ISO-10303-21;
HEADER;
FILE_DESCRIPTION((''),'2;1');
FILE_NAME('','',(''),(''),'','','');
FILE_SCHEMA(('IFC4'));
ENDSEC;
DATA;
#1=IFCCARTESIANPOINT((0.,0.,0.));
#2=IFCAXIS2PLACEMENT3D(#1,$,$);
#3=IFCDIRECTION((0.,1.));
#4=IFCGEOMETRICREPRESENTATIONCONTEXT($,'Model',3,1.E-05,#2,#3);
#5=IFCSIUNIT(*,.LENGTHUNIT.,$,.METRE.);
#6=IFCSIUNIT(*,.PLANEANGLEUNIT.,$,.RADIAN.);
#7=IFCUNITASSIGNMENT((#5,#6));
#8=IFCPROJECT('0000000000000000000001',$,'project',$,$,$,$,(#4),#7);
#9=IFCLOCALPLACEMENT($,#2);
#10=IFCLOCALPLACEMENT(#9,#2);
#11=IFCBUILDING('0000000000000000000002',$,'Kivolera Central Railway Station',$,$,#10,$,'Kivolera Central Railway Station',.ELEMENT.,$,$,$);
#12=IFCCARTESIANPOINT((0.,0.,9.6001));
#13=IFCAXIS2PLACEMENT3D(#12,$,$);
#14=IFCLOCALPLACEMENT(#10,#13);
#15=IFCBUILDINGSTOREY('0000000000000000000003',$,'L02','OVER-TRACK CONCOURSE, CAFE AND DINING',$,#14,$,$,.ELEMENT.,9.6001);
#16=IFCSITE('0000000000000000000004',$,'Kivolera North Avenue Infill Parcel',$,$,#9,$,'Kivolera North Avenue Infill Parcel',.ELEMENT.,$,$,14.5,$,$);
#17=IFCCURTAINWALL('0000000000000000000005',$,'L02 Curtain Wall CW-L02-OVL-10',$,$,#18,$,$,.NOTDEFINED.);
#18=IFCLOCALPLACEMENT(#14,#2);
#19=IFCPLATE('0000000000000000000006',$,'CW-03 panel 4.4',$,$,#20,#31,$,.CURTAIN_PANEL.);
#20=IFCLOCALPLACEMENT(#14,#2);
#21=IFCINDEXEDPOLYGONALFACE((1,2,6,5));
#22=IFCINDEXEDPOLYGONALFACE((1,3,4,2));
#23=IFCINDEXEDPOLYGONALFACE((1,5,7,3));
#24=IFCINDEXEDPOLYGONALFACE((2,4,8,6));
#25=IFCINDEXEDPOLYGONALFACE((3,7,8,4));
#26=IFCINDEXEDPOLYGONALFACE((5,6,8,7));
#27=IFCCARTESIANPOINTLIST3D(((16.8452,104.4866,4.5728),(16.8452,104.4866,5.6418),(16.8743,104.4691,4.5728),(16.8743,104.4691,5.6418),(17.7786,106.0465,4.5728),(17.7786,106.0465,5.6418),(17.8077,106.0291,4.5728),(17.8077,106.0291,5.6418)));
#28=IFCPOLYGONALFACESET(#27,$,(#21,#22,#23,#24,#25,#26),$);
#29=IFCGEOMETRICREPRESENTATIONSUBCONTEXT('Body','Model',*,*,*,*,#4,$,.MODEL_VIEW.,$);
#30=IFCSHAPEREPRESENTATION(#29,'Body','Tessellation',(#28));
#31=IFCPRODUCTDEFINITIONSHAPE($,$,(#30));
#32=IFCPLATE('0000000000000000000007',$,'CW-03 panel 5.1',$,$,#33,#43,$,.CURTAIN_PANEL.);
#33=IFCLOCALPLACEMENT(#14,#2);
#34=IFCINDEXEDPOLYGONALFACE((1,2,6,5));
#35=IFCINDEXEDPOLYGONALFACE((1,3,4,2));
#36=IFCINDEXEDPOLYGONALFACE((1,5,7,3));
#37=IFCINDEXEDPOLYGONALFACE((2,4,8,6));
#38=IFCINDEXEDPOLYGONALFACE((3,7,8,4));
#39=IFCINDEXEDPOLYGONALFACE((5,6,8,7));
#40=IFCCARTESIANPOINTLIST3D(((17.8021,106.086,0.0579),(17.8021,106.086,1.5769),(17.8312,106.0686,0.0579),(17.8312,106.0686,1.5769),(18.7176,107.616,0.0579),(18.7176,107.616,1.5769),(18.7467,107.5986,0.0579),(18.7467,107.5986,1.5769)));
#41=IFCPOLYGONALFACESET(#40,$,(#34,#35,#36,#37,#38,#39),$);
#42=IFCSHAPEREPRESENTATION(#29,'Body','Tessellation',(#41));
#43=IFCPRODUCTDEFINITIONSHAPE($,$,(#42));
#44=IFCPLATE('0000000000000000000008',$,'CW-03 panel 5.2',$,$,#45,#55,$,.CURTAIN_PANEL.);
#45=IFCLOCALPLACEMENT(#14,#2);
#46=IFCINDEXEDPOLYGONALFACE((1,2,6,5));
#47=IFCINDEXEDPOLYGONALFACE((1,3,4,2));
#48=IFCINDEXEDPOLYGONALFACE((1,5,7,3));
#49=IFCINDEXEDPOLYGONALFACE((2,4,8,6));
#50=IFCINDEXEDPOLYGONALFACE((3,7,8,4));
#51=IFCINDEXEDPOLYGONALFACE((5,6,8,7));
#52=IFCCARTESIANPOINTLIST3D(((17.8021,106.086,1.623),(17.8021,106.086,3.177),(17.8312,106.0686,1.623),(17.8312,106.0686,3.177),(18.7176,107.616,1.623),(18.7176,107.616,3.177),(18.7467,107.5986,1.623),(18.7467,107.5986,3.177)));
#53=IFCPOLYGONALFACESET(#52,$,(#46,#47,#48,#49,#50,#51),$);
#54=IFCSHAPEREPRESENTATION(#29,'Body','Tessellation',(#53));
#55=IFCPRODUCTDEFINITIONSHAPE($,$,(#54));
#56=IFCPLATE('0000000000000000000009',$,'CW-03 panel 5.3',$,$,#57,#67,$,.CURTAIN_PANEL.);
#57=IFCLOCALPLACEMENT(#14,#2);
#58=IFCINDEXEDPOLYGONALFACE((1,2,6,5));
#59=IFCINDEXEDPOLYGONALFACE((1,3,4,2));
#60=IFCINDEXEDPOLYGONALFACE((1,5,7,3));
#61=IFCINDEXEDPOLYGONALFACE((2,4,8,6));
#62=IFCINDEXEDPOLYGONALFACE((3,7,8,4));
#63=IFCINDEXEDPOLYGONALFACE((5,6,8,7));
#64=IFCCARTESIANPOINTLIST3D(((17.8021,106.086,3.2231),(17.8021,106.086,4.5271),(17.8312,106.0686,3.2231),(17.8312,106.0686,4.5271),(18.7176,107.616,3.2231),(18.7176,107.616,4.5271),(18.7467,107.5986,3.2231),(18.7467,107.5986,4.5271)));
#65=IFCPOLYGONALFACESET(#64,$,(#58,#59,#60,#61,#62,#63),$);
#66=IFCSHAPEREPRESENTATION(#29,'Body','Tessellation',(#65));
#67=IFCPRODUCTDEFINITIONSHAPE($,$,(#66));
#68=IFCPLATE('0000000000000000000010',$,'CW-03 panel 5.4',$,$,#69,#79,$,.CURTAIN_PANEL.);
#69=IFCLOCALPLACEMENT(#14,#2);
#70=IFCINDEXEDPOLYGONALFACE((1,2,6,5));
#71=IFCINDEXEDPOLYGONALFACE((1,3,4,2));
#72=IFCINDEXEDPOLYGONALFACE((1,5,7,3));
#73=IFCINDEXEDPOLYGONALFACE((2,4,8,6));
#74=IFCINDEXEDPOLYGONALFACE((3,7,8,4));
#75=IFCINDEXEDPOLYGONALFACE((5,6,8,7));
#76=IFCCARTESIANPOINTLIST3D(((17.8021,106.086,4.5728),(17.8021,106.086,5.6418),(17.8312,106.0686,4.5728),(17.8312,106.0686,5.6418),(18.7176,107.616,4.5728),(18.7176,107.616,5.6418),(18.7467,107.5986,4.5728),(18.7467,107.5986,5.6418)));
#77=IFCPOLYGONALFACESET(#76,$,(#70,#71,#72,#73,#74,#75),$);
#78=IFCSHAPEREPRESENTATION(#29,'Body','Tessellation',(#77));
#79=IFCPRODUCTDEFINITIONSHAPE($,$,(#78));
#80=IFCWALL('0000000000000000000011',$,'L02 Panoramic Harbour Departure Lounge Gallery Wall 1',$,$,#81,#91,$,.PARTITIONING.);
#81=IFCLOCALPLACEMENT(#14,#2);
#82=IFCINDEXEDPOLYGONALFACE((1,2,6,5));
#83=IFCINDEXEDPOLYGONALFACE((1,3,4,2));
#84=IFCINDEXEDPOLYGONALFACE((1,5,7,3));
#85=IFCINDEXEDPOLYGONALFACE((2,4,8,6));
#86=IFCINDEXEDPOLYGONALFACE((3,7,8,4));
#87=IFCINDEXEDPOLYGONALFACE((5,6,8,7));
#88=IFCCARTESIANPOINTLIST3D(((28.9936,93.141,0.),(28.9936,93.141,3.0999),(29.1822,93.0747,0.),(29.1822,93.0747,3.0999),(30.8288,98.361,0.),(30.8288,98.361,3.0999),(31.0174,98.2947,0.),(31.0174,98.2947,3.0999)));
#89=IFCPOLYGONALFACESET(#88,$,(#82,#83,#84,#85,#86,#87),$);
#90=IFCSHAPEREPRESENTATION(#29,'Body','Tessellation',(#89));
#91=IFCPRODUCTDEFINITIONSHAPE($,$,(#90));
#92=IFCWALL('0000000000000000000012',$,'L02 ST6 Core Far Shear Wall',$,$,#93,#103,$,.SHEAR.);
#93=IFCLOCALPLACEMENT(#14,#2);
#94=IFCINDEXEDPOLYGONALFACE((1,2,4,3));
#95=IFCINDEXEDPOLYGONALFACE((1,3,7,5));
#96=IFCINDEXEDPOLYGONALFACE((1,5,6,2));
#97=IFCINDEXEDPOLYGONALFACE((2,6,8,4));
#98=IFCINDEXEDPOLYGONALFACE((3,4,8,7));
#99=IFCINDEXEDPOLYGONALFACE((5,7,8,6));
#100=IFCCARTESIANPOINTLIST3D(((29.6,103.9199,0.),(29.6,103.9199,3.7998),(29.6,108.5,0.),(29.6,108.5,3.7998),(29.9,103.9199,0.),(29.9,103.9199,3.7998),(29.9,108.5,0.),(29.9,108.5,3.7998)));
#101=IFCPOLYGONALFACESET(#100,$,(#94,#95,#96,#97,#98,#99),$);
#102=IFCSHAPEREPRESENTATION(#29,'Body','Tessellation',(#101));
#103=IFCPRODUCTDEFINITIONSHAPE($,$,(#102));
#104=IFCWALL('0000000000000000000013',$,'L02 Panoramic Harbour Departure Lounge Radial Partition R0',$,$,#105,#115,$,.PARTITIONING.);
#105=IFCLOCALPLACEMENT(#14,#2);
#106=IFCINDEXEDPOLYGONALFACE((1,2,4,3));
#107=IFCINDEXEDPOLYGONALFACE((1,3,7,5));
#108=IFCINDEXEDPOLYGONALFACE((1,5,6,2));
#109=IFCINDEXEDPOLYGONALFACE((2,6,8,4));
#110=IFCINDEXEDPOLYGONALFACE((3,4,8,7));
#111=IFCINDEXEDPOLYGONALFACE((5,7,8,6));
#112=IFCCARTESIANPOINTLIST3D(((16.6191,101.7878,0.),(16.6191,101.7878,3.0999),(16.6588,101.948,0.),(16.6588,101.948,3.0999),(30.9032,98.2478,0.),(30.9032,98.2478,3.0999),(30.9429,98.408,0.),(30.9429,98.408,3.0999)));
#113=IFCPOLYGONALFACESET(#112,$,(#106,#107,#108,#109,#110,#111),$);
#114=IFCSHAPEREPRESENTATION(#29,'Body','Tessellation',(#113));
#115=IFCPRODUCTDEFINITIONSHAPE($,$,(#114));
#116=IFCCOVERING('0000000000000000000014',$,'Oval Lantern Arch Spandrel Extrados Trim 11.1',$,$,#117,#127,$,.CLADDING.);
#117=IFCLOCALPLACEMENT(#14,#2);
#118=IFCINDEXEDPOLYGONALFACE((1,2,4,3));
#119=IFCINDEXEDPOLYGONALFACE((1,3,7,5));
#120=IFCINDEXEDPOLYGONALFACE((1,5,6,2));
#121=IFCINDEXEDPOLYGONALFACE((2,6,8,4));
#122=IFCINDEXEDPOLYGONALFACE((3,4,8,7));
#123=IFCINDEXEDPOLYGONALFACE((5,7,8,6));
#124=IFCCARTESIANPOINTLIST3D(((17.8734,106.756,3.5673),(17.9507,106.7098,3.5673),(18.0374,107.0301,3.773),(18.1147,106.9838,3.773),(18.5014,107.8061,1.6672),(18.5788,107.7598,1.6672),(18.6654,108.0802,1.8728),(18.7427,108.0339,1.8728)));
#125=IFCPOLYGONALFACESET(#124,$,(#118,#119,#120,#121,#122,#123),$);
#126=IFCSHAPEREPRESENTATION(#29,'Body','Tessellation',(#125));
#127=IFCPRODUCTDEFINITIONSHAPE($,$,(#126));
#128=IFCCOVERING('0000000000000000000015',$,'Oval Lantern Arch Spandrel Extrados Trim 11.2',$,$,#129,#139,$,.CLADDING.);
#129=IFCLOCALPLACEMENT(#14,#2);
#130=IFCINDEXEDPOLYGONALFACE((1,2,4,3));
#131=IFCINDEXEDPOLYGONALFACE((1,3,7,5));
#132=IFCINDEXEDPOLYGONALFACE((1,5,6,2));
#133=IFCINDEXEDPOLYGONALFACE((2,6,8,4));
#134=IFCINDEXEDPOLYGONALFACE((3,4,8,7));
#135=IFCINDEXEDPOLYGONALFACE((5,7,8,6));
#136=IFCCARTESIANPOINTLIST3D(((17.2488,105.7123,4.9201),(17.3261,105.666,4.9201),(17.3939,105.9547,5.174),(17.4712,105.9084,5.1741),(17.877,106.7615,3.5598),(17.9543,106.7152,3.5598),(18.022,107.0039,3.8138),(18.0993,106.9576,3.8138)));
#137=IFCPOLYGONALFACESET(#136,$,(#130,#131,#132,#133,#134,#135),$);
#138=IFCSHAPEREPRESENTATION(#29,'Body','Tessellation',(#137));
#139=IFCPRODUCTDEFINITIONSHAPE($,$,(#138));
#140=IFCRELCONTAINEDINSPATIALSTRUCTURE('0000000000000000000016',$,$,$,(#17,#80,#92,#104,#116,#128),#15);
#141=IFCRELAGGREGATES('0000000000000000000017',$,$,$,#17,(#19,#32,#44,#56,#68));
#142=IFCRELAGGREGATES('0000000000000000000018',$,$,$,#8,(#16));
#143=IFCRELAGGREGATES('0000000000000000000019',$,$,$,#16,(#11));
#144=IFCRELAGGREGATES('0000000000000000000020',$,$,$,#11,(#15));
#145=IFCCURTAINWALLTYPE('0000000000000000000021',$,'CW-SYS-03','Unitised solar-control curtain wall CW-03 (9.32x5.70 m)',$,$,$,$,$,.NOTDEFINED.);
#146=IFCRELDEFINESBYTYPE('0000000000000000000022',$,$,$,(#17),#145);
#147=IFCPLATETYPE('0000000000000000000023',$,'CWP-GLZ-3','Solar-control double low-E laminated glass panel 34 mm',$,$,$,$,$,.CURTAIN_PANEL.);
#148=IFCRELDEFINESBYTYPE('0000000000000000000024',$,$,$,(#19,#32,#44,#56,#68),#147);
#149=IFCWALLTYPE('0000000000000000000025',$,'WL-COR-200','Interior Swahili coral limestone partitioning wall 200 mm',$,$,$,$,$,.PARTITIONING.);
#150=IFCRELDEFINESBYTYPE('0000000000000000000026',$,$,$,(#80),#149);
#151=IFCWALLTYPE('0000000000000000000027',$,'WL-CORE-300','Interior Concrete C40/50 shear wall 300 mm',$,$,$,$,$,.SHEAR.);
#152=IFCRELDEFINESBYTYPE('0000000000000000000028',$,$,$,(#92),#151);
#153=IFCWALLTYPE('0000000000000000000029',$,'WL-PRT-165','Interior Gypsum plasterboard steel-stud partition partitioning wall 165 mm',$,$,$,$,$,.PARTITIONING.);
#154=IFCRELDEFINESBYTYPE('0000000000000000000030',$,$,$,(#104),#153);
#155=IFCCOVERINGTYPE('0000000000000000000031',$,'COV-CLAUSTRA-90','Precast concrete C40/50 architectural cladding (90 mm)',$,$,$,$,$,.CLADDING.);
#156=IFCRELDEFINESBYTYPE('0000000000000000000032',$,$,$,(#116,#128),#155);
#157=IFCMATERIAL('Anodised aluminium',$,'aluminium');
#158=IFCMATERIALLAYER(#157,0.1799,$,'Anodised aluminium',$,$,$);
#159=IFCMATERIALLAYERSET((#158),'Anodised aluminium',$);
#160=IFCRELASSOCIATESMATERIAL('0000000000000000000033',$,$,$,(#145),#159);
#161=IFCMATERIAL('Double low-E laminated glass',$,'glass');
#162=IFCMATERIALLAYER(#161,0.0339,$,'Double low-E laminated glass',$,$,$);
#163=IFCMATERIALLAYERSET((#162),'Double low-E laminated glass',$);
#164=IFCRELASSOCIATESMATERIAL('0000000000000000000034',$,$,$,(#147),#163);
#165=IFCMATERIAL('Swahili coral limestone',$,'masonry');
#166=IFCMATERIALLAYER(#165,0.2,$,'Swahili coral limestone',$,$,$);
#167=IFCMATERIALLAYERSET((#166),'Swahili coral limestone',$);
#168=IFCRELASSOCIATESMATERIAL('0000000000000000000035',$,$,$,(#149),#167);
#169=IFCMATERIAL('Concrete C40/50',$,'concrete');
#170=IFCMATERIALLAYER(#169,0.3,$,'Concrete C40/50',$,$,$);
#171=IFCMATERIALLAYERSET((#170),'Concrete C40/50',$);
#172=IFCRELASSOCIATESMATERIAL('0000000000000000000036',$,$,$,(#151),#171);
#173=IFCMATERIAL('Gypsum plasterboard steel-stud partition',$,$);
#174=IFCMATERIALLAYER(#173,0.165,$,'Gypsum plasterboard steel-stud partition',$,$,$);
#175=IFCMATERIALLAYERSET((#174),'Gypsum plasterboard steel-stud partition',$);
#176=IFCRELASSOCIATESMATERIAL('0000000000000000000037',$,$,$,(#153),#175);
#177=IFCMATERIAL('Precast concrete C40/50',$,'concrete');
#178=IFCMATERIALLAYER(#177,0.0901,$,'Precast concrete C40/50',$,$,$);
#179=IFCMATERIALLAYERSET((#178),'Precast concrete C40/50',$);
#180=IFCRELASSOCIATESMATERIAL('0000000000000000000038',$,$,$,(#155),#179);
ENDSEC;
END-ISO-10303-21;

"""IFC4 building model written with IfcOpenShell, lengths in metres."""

from ifc_helpers import new_model, si_unit, direction, frame, frame_2d, origin, origin_2d, place, context, subcontext, project, spatial, rectangle, extrude, material, layer, layer_set, type_object, element, aggregate, save


model = new_model("IFC4")

# Units and contexts
model_context = context("Model", 3, precision=1e-05, world=origin(), true_north=direction((0.0, 1.0)))
body_context = subcontext(model_context, "Body", "Model", "MODEL_VIEW")
ifc_project = project(units=[si_unit("LENGTHUNIT", "METRE"), si_unit("PLANEANGLEUNIT", "RADIAN")], contexts=[model_context])

# Site, building, storey
site_placement = place(None, origin())
site = spatial("IfcSite", under=ifc_project, at=site_placement, Name="Kivolera North Avenue Infill Parcel", LongName="Kivolera North Avenue Infill Parcel", CompositionType="ELEMENT", RefElevation=14.5)
building_placement = place(site_placement, origin())
building = spatial("IfcBuilding", under=site, at=building_placement, Name="Kivolera Central Railway Station", LongName="Kivolera Central Railway Station", CompositionType="ELEMENT")
storey_placement = place(building_placement, frame((0.0, 0.0, 9.6001)))
storey = spatial("IfcBuildingStorey", under=building, at=storey_placement, Name="L02", Description="OVER-TRACK CONCOURSE, CAFE AND DINING", CompositionType="ELEMENT", Elevation=9.6001)

# Shared definitions
ifc_material_1 = material(Name="Concrete C40/50", Category="concrete")

# Shared definitions
ifc_material_2 = material(Name="Anodised aluminium", Category="aluminium")

# Curtain wall
ifc_layer_1 = layer(ifc_material_2, 0.1799, Name="Anodised aluminium")
ifc_layer_set_1 = layer_set([ifc_layer_1], Name="Anodised aluminium")
curtain_wall_type_1 = type_object("IfcCurtainWallType", Name="CW-SYS-03", Description="Unitised solar-control curtain wall CW-03 (9.32x5.70 m)", PredefinedType="NOTDEFINED", material=ifc_layer_set_1)
curtain_wall_1_placement = place(storey_placement, origin())
curtain_wall_1 = element("IfcCurtainWall", 1, at=curtain_wall_1_placement, inside=storey, type_object=curtain_wall_type_1, Name="L02 Curtain Wall CW-L02-OVL-10", PredefinedType="NOTDEFINED")

# Plates
ifc_material_3 = material(Name="Double low-E laminated glass", Category="glass")
ifc_layer_2 = layer(ifc_material_3, 0.0339, Name="Double low-E laminated glass")
ifc_layer_set_2 = layer_set([ifc_layer_2], Name="Double low-E laminated glass")
plate_type = type_object("IfcPlateType", Name="CWP-GLZ-3", Description="Solar-control double low-E laminated glass panel 34 mm", PredefinedType="CURTAIN_PANEL", material=ifc_layer_set_2)
plate_1_placement = place(storey_placement, frame((17.3264, 105.2578, 4.5728), z_axis=(0.0, 0.0, 1.0), x_axis=(0.513454, 0.858117, 0.0)))
plate_1 = element("IfcPlate", 2, at=plate_1_placement, type_object=plate_type, Name="CW-03 panel 4.4", PredefinedType="CURTAIN_PANEL", context=body_context, shape_type="SweptSolid", body=[
    extrude(rectangle(XDim=1.8179, YDim=0.0339, at=origin_2d()), origin(), (0.0, 0.0, 1.0), 1.0691),
])
plate_2_placement = place(storey_placement, frame((18.2744, 106.8423, 0.0579), z_axis=(0.0, 0.0, 1.0), x_axis=(0.513454, 0.858117, 0.0)))
plate_2 = element("IfcPlate", 3, at=plate_2_placement, type_object=plate_type, Name="CW-03 panel 5.1", PredefinedType="CURTAIN_PANEL", context=body_context, shape_type="SweptSolid", body=[
    extrude(rectangle(XDim=1.783, YDim=0.0339, at=origin_2d()), origin(), (0.0, 0.0, 1.0), 1.519),
])
plate_3_placement = place(storey_placement, frame((18.2744, 106.8423, 1.623), z_axis=(0.0, 0.0, 1.0), x_axis=(0.513454, 0.858117, 0.0)))
plate_3 = element("IfcPlate", 4, at=plate_3_placement, type_object=plate_type, Name="CW-03 panel 5.2", PredefinedType="CURTAIN_PANEL", context=body_context, shape_type="SweptSolid", body=[
    extrude(rectangle(XDim=1.783, YDim=0.0339, at=origin_2d()), origin(), (0.0, 0.0, 1.0), 1.554),
])
plate_4_placement = place(storey_placement, frame((18.2744, 106.8423, 3.2231), z_axis=(0.0, 0.0, 1.0), x_axis=(0.513454, 0.858117, 0.0)))
plate_4 = element("IfcPlate", 5, at=plate_4_placement, type_object=plate_type, Name="CW-03 panel 5.3", PredefinedType="CURTAIN_PANEL", context=body_context, shape_type="SweptSolid", body=[
    extrude(rectangle(XDim=1.783, YDim=0.0339, at=origin_2d()), origin(), (0.0, 0.0, 1.0), 1.304),
])
plate_5_placement = place(storey_placement, frame((18.2744, 106.8423, 4.5728), z_axis=(0.0, 0.0, 1.0), x_axis=(0.513454, 0.858117, 0.0)))
plate_5 = element("IfcPlate", 6, at=plate_5_placement, type_object=plate_type, Name="CW-03 panel 5.4", PredefinedType="CURTAIN_PANEL", context=body_context, shape_type="SweptSolid", body=[
    extrude(rectangle(XDim=1.783, YDim=0.0339, at=origin_2d()), origin(), (0.0, 0.0, 1.0), 1.0691),
])
aggregate(curtain_wall_1, [plate_1, plate_2, plate_3, plate_4, plate_5])

# Wall
ifc_material_4 = material(Name="Swahili coral limestone", Category="masonry")
ifc_layer_3 = layer(ifc_material_4, 0.2, Name="Swahili coral limestone")
ifc_layer_set_3 = layer_set([ifc_layer_3], Name="Swahili coral limestone")
wall_type_1 = type_object("IfcWallType", Name="WL-COR-200", Description="Interior Swahili coral limestone partitioning wall 200 mm", PredefinedType="PARTITIONING", material=ifc_layer_set_3)
wall_1_placement = place(storey_placement, frame((30.9231, 98.3279, 0.0), z_axis=(0.0, 0.0, 1.0), x_axis=(-0.331673, -0.943394, 0.0)))
element("IfcWall", 7, at=wall_1_placement, inside=storey, type_object=wall_type_1, Name="L02 Panoramic Harbour Departure Lounge Gallery Wall 1", PredefinedType="PARTITIONING", context=body_context, shape_type="SweptSolid", body=[
    extrude(rectangle(XDim=5.5332, YDim=0.2, at=frame_2d((2.7666, 0.0))), origin(), (0.0, 0.0, 1.0), 3.0999),
])

# Walls
ifc_layer_4 = layer(ifc_material_1, 0.3, Name="Concrete C40/50")
ifc_layer_set_4 = layer_set([ifc_layer_4], Name="Concrete C40/50")
wall_type_2 = type_object("IfcWallType", Name="WL-CORE-300", Description="Interior Concrete C40/50 shear wall 300 mm", PredefinedType="SHEAR", material=ifc_layer_set_4)
wall_2_placement = place(storey_placement, frame((29.75, 103.9199, 0.0), z_axis=(0.0, 0.0, 1.0), x_axis=(0.0, 1.0, 0.0)))
element("IfcWall", 8, at=wall_2_placement, inside=storey, type_object=wall_type_2, Name="L02 ST6 Core Far Shear Wall", PredefinedType="SHEAR", context=body_context, shape_type="SweptSolid", body=[
    extrude(rectangle(XDim=4.5801, YDim=0.3, at=frame_2d((2.29, 0.0))), origin(), (0.0, 0.0, 1.0), 3.7998),
])
ifc_material_5 = material(Name="Gypsum plasterboard steel-stud partition")
ifc_layer_5 = layer(ifc_material_5, 0.165, Name="Gypsum plasterboard steel-stud partition")
ifc_layer_set_5 = layer_set([ifc_layer_5], Name="Gypsum plasterboard steel-stud partition")
wall_type_3 = type_object("IfcWallType", Name="WL-PRT-165", Description="Interior Gypsum plasterboard steel-stud partition partitioning wall 165 mm", PredefinedType="PARTITIONING", material=ifc_layer_set_5)
wall_3_placement = place(storey_placement, frame((30.9231, 98.3279, 0.0), z_axis=(0.0, 0.0, 1.0), x_axis=(-0.970636, 0.240552, 0.0)))
element("IfcWall", 9, at=wall_3_placement, inside=storey, type_object=wall_type_3, Name="L02 Panoramic Harbour Departure Lounge Radial Partition R0", PredefinedType="PARTITIONING", context=body_context, shape_type="SweptSolid", body=[
    extrude(rectangle(XDim=14.7163, YDim=0.165, at=frame_2d((7.3582, 0.0))), origin(), (0.0, 0.0, 1.0), 3.0999),
])

# Coverings
ifc_material_6 = material(Name="Precast concrete C40/50", Category="concrete")
ifc_layer_6 = layer(ifc_material_6, 0.0901, Name="Precast concrete C40/50")
ifc_layer_set_6 = layer_set([ifc_layer_6], Name="Precast concrete C40/50")
covering_type = type_object("IfcCoveringType", Name="COV-CLAUSTRA-90", Description="Precast concrete C40/50 architectural cladding (90 mm)", PredefinedType="CLADDING", material=ifc_layer_set_6)
covering_1_placement = place(storey_placement, frame((18.3081, 107.395, 2.72), z_axis=(-0.277896, -0.464634, 0.840767), x_axis=(-0.858138, 0.51342, 0.0)))
element("IfcCovering", 10, at=covering_1_placement, inside=storey, type_object=covering_type, Name="Oval Lantern Arch Spandrel Extrados Trim 11.1", PredefinedType="CLADDING", context=body_context, shape_type="SweptSolid", body=[
    extrude(rectangle(XDim=0.0901, YDim=0.3799, at=origin_2d()), frame((0.0, 0.0, -1.1299)), (0.0, 0.0, 1.0), 2.26),
])
covering_2_placement = place(storey_placement, frame((17.6741, 106.335, 4.3669), z_axis=(-0.343401, -0.573611, 0.743671), x_axis=(-0.858138, 0.51342, 0.0)))
element("IfcCovering", 11, at=covering_2_placement, inside=storey, type_object=covering_type, Name="Oval Lantern Arch Spandrel Extrados Trim 11.2", PredefinedType="CLADDING", context=body_context, shape_type="SweptSolid", body=[
    extrude(rectangle(XDim=0.0901, YDim=0.3799, at=origin_2d()), frame((0.0, 0.0, -0.9146)), (0.0, 0.0, 1.0), 1.8291),
])

save(model, "model.ifc")
